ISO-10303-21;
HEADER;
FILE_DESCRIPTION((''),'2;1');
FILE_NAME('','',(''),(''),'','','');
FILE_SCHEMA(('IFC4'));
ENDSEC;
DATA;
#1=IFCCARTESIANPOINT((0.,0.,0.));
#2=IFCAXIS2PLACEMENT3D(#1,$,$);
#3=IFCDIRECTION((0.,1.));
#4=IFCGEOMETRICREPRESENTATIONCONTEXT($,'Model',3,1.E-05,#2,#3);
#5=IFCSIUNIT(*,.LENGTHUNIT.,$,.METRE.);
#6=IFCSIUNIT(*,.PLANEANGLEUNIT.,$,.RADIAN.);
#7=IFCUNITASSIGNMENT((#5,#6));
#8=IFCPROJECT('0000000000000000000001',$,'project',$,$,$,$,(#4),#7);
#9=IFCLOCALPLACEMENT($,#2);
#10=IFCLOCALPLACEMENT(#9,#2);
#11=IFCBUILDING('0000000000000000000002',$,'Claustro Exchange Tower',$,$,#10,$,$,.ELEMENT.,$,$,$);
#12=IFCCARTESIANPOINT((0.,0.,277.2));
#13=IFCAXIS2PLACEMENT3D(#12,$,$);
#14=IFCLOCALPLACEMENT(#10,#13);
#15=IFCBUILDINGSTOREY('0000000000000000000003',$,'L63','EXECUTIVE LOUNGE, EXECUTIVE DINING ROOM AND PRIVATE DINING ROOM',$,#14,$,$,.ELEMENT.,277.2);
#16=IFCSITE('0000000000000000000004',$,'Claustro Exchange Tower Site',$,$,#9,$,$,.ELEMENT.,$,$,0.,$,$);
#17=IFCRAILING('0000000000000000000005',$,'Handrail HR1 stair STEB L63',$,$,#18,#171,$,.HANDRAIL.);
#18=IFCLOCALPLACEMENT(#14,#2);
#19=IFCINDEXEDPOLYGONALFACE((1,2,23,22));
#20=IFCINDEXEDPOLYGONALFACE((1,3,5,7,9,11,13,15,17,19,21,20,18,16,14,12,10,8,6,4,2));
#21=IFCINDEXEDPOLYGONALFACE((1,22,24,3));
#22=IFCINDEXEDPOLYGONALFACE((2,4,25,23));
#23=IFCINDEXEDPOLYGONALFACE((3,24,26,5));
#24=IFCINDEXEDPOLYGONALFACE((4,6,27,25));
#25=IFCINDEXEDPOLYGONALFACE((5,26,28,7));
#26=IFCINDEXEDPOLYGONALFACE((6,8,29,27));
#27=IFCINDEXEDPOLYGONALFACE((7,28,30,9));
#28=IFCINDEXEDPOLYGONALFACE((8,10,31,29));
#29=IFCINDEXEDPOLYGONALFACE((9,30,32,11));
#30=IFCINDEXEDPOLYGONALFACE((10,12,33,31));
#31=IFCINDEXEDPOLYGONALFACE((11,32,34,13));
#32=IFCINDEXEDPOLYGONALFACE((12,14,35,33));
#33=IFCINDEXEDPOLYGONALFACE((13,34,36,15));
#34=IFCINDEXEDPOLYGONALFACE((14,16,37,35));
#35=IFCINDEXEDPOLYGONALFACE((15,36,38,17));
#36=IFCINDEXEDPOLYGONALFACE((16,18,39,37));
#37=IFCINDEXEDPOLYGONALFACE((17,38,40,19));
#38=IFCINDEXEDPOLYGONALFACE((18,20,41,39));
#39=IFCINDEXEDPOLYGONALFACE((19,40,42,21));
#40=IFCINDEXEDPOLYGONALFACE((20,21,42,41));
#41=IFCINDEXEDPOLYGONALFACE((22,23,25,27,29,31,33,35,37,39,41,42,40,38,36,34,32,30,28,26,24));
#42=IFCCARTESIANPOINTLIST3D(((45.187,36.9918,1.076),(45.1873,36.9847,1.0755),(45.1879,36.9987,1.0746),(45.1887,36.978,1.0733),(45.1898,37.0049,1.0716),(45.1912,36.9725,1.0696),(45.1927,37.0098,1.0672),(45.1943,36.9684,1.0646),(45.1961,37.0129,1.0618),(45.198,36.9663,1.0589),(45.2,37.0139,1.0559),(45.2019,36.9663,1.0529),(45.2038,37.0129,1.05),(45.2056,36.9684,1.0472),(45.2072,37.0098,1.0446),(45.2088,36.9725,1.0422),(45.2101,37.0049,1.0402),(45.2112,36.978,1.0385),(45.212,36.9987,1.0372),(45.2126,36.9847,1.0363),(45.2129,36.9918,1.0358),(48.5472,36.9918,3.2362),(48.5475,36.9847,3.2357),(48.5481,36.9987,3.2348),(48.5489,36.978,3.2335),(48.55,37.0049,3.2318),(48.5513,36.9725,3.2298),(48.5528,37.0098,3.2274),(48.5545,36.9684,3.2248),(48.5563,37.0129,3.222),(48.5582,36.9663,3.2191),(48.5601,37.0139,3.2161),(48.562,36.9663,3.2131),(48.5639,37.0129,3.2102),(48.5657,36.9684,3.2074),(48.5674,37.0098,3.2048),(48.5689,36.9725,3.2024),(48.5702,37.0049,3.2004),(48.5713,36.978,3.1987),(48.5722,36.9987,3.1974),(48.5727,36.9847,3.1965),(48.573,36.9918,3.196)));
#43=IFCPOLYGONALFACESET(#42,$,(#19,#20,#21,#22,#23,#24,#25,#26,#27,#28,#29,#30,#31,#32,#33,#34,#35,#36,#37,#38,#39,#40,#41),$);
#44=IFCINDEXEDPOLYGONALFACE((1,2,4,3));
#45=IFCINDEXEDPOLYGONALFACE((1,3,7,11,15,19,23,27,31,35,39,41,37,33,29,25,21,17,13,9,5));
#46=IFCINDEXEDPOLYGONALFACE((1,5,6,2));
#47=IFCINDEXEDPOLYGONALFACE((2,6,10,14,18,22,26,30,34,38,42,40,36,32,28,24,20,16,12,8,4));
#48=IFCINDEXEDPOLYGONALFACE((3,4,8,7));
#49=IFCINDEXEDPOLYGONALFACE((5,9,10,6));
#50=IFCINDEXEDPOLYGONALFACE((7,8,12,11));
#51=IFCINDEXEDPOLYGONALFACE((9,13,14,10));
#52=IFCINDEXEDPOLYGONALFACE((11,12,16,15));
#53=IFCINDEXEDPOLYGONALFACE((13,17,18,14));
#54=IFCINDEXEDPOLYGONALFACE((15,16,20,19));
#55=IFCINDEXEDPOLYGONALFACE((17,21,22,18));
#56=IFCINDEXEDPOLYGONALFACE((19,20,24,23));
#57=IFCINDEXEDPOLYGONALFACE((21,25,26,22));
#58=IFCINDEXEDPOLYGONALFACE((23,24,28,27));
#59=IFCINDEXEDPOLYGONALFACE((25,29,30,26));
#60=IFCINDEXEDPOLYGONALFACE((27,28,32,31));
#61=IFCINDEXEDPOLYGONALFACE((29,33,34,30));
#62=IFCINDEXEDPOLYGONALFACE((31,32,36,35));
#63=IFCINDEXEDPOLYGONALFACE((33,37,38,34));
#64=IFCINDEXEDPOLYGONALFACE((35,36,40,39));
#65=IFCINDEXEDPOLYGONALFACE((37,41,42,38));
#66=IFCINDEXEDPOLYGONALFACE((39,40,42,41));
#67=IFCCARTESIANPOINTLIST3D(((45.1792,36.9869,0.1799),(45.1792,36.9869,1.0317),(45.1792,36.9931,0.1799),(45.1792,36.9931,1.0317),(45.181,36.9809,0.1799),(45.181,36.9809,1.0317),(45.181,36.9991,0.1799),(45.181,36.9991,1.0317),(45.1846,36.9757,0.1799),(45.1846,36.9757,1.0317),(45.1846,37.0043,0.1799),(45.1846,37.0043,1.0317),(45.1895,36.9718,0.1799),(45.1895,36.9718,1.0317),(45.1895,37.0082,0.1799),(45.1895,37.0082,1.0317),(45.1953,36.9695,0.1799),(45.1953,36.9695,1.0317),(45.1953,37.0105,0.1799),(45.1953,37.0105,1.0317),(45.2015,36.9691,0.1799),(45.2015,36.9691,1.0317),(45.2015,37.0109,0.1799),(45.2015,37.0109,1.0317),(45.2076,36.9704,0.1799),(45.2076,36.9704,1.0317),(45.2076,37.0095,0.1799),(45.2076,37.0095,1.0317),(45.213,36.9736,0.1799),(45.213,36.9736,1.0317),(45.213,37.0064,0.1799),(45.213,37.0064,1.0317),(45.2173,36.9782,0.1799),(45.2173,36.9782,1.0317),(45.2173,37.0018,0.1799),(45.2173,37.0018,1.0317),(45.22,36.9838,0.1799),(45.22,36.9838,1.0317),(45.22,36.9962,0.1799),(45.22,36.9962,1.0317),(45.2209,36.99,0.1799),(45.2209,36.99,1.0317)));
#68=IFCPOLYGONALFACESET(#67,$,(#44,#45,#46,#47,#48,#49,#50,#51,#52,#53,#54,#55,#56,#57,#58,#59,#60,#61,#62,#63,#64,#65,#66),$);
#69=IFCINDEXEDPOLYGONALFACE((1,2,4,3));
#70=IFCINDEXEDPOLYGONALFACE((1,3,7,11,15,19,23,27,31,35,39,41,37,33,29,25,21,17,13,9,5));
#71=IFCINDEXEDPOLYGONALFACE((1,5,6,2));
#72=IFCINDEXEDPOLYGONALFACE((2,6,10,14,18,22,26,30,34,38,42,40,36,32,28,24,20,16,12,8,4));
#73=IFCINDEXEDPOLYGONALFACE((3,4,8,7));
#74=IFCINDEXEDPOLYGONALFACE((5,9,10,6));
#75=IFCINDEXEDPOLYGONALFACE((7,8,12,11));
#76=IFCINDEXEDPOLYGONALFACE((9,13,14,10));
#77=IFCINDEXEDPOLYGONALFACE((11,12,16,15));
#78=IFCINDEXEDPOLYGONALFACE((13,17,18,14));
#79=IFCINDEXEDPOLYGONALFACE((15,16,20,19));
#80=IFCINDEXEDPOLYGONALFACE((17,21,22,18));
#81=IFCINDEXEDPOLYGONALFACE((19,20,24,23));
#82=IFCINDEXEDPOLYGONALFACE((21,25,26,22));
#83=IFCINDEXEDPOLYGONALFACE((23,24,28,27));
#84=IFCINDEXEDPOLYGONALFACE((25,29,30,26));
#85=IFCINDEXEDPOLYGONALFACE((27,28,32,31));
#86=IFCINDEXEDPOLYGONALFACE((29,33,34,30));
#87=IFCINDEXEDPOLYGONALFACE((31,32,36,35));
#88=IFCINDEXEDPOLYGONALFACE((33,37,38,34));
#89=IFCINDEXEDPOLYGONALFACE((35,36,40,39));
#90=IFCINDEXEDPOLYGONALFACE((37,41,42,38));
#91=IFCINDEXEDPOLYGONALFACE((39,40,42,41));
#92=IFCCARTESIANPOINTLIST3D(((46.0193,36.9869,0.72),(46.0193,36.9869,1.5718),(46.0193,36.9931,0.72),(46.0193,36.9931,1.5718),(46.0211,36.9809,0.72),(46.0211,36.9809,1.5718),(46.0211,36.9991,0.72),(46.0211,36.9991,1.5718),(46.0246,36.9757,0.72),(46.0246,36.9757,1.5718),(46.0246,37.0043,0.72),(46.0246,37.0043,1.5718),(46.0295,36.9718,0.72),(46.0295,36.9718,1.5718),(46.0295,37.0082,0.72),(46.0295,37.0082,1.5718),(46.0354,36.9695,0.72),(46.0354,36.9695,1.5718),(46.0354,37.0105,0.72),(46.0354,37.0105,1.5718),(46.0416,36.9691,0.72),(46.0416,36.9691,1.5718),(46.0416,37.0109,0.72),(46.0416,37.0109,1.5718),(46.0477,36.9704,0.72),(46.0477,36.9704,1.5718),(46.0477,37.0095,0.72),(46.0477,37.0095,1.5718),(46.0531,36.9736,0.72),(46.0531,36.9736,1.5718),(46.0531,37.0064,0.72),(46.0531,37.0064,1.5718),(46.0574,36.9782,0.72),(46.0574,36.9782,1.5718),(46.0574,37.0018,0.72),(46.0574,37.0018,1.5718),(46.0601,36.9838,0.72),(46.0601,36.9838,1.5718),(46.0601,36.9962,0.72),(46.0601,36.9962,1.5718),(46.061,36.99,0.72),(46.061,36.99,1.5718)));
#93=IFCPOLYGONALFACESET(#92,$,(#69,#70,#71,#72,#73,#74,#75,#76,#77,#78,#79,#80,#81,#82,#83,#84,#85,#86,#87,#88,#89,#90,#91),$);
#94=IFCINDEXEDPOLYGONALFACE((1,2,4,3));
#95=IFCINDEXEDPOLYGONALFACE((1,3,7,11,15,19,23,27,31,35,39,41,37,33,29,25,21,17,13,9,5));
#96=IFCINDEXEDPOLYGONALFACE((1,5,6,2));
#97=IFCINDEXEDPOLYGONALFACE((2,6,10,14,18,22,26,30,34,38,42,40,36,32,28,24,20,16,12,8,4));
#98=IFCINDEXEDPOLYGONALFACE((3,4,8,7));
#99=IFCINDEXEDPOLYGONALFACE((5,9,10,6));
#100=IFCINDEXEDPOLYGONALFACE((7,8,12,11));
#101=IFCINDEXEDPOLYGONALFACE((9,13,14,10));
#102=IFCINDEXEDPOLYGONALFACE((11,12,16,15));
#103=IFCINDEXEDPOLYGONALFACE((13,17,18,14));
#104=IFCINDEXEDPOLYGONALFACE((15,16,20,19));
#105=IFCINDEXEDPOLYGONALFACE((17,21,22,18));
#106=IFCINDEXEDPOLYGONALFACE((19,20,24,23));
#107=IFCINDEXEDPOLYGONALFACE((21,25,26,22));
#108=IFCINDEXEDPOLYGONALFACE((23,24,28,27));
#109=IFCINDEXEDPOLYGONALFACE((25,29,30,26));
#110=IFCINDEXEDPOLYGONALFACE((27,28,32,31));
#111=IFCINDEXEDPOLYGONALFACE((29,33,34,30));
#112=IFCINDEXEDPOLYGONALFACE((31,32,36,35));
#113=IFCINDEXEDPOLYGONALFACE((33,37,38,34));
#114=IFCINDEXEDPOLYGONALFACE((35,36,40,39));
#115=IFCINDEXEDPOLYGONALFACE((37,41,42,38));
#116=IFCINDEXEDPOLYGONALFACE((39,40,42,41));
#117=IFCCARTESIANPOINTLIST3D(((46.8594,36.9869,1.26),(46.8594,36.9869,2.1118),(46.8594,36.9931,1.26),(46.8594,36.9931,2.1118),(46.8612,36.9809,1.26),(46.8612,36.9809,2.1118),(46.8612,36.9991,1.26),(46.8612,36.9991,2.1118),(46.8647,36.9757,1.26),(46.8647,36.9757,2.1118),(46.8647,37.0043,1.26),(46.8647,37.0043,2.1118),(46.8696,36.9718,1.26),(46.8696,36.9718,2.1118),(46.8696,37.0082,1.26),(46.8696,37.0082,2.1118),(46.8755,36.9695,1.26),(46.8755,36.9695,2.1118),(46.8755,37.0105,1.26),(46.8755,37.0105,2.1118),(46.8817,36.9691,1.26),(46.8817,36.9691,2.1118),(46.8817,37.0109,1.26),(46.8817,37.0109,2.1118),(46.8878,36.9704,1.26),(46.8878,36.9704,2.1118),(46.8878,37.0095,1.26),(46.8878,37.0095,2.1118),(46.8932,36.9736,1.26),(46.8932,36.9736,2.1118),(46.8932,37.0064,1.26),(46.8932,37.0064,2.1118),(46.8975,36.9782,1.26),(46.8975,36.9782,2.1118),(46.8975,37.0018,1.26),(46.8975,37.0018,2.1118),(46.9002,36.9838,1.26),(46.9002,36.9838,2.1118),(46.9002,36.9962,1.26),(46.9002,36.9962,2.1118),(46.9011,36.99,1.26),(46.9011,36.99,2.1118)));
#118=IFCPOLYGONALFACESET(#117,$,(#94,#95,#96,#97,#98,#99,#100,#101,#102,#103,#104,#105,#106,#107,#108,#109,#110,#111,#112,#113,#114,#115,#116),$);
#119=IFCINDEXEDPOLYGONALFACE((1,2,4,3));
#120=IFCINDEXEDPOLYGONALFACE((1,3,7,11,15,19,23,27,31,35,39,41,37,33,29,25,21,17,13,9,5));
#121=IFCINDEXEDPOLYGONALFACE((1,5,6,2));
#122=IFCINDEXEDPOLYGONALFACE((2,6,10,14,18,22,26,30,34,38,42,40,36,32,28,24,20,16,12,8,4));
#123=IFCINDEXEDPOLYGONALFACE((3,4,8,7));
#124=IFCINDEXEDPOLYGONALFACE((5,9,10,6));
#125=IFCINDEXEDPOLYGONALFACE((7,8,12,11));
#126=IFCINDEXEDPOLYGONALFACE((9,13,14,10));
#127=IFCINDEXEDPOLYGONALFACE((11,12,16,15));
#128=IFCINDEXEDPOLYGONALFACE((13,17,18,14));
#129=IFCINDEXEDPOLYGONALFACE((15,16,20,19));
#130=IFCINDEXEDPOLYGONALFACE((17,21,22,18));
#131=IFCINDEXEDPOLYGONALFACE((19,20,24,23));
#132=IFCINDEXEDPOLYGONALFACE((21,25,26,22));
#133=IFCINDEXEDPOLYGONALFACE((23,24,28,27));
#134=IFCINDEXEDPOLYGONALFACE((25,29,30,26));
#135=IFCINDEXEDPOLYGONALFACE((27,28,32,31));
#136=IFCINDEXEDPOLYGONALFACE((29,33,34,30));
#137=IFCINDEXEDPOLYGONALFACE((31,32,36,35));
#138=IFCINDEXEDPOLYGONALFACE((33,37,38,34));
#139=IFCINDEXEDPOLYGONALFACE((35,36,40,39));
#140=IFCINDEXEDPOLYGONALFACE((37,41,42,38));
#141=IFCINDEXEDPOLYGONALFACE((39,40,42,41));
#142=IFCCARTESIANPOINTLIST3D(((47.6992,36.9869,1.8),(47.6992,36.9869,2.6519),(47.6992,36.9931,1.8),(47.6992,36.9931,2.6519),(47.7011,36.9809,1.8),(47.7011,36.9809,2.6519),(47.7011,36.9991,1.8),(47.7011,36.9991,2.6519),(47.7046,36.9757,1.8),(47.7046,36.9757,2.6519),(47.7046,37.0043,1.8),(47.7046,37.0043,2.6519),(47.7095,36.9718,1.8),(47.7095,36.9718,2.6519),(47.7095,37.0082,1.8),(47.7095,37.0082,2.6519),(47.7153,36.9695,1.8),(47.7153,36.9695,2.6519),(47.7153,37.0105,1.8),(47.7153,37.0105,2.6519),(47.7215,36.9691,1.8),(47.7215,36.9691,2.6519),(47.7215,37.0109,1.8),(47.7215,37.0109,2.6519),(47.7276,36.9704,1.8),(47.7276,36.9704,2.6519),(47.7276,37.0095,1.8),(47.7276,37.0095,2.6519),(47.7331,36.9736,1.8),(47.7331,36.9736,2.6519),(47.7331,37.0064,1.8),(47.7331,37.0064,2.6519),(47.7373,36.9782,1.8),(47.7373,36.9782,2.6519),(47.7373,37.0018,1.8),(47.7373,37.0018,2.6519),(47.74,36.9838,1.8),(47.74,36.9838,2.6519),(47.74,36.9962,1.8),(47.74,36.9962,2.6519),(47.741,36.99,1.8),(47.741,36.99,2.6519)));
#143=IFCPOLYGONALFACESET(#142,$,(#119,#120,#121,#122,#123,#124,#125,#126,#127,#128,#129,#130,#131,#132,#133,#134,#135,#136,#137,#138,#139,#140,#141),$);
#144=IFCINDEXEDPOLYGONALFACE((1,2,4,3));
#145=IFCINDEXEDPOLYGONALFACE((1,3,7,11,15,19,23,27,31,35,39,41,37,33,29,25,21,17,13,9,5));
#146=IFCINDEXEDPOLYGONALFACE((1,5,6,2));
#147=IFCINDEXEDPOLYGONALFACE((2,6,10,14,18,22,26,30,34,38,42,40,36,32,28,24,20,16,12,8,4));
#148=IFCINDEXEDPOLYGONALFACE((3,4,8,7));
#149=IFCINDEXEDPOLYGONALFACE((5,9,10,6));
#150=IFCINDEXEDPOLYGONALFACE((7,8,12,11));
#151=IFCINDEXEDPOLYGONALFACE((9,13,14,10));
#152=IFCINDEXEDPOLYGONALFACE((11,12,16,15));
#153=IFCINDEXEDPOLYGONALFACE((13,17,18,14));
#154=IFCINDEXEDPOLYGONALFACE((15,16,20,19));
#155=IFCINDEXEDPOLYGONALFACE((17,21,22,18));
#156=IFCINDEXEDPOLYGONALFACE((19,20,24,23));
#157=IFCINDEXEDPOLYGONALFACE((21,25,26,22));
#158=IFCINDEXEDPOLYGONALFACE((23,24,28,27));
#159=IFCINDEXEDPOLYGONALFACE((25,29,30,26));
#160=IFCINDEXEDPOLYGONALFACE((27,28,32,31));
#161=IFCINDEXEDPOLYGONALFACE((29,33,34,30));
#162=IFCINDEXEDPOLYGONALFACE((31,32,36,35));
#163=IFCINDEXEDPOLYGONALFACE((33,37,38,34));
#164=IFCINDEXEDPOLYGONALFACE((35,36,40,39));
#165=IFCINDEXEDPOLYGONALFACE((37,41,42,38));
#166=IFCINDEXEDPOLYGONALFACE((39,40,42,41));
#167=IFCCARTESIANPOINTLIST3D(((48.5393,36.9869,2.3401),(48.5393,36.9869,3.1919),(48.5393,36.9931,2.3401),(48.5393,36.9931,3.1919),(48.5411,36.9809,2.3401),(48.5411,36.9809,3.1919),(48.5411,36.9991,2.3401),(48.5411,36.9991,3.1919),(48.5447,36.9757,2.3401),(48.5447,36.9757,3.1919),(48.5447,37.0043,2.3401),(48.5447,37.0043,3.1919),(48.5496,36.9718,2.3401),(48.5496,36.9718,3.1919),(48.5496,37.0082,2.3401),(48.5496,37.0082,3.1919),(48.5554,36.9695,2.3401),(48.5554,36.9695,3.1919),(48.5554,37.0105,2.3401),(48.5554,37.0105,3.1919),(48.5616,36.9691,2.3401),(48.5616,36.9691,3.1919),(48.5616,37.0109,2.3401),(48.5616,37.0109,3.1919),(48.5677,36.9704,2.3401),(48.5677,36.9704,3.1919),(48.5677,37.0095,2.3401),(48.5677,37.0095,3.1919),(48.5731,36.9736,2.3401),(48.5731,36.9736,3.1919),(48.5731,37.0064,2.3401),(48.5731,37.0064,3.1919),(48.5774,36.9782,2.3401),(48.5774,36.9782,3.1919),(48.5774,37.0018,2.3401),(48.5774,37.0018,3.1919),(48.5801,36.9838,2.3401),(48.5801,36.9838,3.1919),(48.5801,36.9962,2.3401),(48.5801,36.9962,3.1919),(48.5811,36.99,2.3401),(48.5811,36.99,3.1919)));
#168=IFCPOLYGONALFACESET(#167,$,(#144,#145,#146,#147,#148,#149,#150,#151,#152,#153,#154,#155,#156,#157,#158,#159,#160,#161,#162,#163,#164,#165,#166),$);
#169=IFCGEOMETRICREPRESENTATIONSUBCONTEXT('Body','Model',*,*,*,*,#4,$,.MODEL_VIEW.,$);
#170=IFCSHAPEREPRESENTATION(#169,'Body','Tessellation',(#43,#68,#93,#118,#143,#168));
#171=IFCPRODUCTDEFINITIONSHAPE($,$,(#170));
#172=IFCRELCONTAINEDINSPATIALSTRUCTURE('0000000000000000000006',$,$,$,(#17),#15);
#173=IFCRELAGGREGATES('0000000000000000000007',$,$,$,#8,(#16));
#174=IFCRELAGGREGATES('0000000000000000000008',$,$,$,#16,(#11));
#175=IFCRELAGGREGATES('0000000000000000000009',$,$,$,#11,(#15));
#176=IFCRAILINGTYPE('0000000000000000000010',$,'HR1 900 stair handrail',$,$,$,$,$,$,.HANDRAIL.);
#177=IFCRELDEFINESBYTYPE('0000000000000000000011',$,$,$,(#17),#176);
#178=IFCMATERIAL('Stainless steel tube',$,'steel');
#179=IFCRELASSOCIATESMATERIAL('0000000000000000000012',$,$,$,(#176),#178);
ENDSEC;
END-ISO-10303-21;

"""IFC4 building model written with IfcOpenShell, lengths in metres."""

from ifc_helpers import new_model, si_unit, direction, frame, origin, origin_2d, place, context, subcontext, project, spatial, circle, extrude, material, type_object, element, save


model = new_model("IFC4")

# Units and contexts
model_context = context("Model", 3, precision=1e-05, world=origin(), true_north=direction((0.0, 1.0)))
body_context = subcontext(model_context, "Body", "Model", "MODEL_VIEW")
ifc_project = project(units=[si_unit("LENGTHUNIT", "METRE"), si_unit("PLANEANGLEUNIT", "RADIAN")], contexts=[model_context])

# Site, building, storey
site_placement = place(None, origin())
site = spatial("IfcSite", under=ifc_project, at=site_placement, Name="Claustro Exchange Tower Site", CompositionType="ELEMENT", RefElevation=0.0)
building_placement = place(site_placement, origin())
building = spatial("IfcBuilding", under=site, at=building_placement, Name="Claustro Exchange Tower", CompositionType="ELEMENT")
storey_placement = place(building_placement, frame((0.0, 0.0, 277.2)))
storey = spatial("IfcBuildingStorey", under=building, at=storey_placement, Name="L63", Description="EXECUTIVE LOUNGE, EXECUTIVE DINING ROOM AND PRIVATE DINING ROOM", CompositionType="ELEMENT", Elevation=277.2)

# Railing
ifc_material_1 = material(Name="Stainless steel tube", Category="steel")
railing_type_1 = type_object("IfcRailingType", Name="HR1 900 stair handrail", PredefinedType="HANDRAIL", material=ifc_material_1)
railing_1_placement = place(storey_placement, frame((45.2, 36.99, 0.1799)))
element("IfcRailing", 1, at=railing_1_placement, inside=storey, type_object=railing_type_1, Name="Handrail HR1 stair STEB L63", PredefinedType="HANDRAIL", context=body_context, shape_type="SweptSolid", body=[
    extrude(circle(Radius=0.0239, at=origin_2d()), frame((0.0, 0.0, 0.876), z_axis=(0.841169, 0.0, 0.540773), x_axis=(0.0, 1.0, 0.0)), (0.0, 0.0, 1.0), 3.9946),
    extrude(circle(Radius=0.021, at=origin_2d()), origin(), (0.0, 0.0, 1.0), 0.8518),
    extrude(circle(Radius=0.021, at=origin_2d()), frame((0.8401, 0.0, 0.54)), (0.0, 0.0, 1.0), 0.8518),
    extrude(circle(Radius=0.021, at=origin_2d()), frame((1.6802, 0.0, 1.0801)), (0.0, 0.0, 1.0), 0.8518),
    extrude(circle(Radius=0.021, at=origin_2d()), frame((2.52, 0.0, 1.6201)), (0.0, 0.0, 1.0), 0.8518),
    extrude(circle(Radius=0.021, at=origin_2d()), frame((3.3601, 0.0, 2.1602)), (0.0, 0.0, 1.0), 0.8518),
])

save(model, "model.ifc")
